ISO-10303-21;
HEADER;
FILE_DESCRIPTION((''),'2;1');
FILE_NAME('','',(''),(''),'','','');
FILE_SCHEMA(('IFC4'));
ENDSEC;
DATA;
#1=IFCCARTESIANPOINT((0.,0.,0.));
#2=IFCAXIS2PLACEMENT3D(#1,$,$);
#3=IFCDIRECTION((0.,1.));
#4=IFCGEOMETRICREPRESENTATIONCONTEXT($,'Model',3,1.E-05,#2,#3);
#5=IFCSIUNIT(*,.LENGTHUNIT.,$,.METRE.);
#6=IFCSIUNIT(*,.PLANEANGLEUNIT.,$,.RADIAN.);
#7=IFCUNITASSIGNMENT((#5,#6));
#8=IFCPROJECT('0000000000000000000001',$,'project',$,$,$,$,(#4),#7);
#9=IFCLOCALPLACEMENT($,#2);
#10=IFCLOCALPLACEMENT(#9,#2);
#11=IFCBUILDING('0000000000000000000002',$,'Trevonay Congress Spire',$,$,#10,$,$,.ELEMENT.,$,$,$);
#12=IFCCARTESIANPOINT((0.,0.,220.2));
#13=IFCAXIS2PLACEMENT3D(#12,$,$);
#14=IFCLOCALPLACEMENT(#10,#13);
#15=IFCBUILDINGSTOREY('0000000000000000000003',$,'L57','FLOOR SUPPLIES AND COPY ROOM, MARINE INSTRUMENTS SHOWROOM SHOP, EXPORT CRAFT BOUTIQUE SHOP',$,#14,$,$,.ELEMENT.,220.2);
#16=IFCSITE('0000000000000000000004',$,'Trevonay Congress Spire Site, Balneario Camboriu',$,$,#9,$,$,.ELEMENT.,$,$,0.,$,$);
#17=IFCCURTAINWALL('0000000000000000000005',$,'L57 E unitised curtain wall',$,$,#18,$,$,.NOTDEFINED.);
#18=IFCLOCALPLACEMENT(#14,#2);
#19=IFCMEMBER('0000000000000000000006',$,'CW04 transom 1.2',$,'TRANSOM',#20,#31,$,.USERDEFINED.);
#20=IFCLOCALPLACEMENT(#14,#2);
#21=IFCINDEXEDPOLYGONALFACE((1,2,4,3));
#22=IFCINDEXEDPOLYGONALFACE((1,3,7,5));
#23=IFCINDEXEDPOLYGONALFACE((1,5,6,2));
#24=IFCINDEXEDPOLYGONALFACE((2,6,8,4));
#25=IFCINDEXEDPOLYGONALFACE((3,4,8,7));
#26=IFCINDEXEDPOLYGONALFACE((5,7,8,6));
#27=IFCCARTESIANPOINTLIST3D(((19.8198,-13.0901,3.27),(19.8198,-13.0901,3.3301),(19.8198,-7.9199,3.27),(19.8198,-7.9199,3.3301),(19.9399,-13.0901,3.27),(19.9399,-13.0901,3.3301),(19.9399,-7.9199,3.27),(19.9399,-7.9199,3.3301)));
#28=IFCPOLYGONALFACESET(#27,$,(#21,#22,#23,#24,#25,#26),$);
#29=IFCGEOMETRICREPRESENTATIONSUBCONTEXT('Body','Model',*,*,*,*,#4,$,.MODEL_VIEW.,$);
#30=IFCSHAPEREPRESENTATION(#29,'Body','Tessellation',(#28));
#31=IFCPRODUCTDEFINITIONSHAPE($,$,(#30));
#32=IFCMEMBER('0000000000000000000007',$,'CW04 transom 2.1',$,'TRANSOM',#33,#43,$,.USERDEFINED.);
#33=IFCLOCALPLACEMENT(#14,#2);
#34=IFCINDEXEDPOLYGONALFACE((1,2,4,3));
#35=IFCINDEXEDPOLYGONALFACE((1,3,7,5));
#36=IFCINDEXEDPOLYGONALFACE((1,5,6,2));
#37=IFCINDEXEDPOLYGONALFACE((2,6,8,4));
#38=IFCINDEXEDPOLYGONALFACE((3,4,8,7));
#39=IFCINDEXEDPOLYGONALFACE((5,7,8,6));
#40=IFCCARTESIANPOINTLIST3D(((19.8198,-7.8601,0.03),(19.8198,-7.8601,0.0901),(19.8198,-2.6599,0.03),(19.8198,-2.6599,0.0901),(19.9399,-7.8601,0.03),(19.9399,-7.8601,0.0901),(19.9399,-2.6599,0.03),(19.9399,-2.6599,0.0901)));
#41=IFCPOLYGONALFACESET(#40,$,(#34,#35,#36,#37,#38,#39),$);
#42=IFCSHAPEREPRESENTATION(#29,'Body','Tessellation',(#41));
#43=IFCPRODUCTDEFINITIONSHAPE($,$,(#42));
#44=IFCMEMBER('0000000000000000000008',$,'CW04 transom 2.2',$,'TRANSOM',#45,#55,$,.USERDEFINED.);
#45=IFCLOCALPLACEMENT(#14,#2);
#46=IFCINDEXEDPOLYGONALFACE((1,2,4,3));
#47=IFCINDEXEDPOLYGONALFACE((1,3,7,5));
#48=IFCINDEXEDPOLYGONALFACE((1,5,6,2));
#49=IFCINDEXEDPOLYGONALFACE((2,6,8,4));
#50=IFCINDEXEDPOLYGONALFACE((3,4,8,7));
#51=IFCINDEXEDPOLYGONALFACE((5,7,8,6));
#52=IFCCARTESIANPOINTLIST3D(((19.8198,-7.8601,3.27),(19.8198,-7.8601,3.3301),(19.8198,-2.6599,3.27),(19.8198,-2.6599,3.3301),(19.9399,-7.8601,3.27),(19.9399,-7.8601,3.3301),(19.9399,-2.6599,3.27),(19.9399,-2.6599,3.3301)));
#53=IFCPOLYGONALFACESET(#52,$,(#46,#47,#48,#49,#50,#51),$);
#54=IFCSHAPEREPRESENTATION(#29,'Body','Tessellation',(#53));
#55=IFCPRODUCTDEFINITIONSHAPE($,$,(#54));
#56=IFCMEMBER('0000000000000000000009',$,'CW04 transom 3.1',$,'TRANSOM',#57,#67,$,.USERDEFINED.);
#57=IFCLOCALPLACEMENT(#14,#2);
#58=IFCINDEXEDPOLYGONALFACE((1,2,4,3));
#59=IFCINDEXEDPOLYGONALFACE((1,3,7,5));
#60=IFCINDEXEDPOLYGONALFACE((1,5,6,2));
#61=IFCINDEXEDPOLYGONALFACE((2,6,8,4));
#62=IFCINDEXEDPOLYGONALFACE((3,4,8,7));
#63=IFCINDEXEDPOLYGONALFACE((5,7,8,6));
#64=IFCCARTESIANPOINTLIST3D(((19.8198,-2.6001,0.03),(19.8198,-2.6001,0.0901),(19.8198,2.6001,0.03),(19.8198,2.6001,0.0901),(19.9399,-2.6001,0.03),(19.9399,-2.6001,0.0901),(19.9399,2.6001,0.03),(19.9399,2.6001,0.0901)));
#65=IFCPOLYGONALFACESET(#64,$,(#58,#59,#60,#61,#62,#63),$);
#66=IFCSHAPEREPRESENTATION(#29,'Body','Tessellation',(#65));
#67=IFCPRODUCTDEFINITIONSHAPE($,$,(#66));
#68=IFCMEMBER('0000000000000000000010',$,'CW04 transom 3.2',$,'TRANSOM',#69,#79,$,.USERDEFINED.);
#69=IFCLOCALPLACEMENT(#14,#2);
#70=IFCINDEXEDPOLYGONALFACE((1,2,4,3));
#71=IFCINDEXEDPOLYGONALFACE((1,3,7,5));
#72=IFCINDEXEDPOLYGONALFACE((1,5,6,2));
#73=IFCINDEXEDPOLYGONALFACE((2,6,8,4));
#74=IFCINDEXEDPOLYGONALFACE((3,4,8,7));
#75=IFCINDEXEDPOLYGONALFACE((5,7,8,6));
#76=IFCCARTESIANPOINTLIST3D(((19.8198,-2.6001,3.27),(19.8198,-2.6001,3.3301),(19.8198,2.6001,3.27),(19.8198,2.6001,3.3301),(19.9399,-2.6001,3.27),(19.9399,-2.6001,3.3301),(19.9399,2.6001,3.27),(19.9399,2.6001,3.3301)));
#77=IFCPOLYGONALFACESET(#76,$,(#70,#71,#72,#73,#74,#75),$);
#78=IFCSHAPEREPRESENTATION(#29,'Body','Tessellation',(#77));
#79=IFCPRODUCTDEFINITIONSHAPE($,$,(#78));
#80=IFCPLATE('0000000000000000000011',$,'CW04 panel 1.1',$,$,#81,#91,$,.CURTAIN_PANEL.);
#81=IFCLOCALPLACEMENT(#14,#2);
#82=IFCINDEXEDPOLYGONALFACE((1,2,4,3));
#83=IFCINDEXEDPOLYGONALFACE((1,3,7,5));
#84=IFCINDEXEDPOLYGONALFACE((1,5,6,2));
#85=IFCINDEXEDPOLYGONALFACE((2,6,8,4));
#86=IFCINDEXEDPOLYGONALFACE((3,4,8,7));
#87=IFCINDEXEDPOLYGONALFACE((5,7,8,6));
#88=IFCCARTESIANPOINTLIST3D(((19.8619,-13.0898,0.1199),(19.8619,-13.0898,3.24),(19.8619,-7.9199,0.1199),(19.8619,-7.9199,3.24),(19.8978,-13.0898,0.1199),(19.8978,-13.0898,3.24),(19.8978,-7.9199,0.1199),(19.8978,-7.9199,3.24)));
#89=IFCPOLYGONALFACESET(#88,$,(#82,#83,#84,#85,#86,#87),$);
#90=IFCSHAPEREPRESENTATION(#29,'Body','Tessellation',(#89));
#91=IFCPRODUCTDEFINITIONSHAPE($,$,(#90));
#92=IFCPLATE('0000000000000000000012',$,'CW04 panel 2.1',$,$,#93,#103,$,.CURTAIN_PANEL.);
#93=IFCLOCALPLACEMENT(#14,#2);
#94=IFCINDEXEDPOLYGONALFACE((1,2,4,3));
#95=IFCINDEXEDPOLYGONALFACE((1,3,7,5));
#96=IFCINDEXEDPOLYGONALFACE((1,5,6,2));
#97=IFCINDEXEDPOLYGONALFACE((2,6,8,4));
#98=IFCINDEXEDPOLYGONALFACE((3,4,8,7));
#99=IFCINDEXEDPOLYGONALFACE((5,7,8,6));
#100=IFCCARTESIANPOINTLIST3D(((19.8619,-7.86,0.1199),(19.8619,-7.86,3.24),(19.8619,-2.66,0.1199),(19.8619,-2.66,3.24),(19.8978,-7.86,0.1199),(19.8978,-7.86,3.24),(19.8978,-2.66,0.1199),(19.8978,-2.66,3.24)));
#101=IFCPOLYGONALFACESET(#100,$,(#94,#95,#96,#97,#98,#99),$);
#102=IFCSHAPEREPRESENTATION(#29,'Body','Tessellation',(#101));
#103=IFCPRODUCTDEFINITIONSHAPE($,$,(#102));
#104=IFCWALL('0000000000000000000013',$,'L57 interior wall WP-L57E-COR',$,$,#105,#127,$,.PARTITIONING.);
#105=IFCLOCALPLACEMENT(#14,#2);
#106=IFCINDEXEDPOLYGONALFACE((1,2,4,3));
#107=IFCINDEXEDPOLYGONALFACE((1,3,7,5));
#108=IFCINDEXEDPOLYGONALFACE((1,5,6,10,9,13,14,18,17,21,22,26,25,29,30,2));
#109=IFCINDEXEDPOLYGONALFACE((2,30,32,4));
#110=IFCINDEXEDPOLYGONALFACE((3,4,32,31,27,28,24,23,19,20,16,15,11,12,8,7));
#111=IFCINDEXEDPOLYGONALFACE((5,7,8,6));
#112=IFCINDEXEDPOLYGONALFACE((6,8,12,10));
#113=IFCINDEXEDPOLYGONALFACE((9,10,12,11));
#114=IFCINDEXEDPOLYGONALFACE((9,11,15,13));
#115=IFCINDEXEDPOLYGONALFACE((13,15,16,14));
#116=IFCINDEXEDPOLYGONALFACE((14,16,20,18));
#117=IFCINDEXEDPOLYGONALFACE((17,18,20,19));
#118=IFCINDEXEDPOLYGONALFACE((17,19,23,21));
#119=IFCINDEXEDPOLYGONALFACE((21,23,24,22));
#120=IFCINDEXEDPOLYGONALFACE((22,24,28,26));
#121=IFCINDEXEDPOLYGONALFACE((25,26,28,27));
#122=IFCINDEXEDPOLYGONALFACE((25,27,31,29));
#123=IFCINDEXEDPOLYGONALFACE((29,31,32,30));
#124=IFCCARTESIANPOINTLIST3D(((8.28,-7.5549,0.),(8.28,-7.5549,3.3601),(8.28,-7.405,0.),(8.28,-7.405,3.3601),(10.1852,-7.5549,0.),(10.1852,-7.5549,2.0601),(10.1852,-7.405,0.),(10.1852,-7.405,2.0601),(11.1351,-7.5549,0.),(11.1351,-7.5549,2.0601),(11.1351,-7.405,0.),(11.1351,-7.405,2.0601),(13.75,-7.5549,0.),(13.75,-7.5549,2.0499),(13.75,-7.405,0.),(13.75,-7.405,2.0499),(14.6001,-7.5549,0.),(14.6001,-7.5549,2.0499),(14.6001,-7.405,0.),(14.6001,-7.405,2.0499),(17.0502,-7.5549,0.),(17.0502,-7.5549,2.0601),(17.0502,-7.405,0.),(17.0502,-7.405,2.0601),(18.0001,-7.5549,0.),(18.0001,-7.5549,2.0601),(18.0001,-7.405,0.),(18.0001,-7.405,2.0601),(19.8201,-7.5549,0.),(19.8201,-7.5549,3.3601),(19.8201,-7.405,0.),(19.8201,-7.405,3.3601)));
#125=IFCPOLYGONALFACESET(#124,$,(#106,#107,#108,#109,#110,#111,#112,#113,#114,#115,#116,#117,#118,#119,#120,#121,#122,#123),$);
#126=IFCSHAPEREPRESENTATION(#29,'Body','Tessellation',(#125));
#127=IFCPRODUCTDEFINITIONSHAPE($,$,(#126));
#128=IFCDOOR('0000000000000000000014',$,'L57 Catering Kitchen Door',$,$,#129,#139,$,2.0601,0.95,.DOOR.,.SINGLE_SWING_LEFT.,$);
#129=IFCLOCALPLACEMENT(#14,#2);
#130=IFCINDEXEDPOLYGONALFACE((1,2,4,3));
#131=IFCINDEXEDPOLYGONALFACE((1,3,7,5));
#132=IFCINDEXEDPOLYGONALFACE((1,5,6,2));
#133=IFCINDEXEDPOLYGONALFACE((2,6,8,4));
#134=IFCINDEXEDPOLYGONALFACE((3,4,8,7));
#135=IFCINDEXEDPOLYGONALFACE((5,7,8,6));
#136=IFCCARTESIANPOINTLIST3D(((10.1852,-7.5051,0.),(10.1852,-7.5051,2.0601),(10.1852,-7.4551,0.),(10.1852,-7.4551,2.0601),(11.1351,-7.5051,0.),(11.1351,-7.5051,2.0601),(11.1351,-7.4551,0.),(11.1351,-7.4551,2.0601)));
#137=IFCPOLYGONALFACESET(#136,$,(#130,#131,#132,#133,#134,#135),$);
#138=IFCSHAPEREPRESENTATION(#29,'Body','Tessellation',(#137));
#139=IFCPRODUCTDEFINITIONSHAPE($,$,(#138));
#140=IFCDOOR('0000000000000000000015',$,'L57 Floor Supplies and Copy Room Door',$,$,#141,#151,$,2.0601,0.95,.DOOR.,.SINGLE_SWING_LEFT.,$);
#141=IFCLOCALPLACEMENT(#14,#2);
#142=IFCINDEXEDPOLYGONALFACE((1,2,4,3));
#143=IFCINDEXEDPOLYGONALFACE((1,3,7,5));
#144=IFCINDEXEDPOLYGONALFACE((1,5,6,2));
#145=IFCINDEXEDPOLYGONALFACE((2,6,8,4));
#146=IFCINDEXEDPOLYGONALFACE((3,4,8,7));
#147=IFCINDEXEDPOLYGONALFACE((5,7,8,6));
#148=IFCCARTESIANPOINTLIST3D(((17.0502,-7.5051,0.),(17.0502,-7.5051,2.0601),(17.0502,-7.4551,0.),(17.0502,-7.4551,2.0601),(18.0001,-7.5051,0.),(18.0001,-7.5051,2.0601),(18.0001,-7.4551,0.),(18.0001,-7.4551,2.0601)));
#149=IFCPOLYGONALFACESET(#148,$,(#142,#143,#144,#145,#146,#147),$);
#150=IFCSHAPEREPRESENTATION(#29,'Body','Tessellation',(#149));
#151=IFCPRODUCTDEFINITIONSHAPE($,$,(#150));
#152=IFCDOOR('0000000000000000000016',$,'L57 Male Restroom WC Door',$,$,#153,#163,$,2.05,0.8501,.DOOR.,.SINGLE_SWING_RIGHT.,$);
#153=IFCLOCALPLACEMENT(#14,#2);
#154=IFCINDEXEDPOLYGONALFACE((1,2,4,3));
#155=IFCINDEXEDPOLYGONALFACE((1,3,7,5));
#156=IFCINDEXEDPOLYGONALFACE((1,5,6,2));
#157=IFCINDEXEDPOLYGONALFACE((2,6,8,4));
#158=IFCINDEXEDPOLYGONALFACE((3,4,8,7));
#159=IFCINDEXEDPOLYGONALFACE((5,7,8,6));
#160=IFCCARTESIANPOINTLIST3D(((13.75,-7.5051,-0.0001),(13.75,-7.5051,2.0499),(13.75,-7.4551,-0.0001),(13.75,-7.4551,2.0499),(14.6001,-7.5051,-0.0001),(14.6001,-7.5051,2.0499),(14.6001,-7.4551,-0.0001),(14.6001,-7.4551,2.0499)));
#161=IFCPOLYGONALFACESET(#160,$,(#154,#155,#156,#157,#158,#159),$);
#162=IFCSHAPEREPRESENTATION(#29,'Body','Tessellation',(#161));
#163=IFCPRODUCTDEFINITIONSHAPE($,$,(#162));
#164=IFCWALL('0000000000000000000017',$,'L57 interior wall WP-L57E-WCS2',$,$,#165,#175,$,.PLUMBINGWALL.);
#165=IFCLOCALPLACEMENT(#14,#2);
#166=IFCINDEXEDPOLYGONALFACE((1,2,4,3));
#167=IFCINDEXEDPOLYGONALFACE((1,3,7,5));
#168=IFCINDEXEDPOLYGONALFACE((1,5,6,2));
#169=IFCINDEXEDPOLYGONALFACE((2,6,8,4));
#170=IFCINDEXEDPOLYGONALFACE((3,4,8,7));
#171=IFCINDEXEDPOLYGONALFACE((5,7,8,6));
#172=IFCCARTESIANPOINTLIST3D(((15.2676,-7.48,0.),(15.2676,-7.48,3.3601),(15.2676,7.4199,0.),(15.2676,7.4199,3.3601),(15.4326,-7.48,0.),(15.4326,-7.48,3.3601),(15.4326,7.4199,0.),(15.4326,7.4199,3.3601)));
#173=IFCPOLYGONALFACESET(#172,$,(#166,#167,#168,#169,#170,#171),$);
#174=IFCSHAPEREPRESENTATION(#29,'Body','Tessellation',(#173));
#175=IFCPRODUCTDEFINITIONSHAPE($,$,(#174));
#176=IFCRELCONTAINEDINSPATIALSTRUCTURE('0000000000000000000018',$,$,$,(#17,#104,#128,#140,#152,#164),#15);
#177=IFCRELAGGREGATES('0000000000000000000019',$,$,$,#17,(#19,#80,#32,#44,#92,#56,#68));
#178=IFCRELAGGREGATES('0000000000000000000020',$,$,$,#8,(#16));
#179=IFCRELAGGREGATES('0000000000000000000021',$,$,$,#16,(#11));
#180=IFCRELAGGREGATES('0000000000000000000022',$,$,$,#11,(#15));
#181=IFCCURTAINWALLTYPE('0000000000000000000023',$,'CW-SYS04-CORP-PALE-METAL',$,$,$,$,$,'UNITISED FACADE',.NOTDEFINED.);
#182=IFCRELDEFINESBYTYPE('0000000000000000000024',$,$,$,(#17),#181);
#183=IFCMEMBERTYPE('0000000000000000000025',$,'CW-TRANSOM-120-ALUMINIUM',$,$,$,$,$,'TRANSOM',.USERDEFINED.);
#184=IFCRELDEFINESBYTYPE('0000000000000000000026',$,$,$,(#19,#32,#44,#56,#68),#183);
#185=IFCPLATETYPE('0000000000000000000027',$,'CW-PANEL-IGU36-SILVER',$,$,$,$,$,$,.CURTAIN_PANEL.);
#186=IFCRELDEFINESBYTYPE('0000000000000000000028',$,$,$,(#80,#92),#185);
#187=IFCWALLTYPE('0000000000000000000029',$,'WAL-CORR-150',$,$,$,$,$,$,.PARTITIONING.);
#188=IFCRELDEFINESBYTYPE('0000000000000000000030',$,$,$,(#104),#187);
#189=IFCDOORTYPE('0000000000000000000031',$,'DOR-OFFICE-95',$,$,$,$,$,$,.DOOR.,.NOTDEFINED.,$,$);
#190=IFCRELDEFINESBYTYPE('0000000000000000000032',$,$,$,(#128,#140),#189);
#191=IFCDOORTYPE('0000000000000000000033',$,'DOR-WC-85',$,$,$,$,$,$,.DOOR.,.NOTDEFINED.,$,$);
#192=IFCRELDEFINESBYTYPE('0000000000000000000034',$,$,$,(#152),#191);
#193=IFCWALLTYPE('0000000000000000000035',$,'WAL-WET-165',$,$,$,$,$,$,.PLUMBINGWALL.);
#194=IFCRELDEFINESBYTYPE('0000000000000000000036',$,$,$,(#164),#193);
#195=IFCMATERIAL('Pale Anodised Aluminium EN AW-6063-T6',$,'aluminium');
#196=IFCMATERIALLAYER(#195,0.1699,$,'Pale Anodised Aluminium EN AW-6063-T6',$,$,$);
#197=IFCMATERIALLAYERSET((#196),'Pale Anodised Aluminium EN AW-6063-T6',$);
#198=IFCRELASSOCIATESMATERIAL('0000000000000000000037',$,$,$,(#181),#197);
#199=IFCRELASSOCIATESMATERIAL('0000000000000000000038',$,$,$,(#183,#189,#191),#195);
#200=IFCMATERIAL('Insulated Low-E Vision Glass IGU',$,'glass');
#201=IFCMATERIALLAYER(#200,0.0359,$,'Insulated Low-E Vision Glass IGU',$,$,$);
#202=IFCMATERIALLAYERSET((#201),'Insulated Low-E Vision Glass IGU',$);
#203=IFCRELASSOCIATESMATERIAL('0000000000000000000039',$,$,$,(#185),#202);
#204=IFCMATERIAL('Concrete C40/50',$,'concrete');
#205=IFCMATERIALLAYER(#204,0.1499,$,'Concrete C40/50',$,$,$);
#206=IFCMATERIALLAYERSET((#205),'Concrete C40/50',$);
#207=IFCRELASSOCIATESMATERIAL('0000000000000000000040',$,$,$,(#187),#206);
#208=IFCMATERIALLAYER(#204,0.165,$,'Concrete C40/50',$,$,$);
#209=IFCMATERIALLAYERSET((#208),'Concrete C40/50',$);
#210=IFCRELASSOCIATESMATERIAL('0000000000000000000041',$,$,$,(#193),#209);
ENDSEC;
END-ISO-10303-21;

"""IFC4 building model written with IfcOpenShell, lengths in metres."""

from ifc_helpers import new_model, si_unit, direction, frame, frame_2d, origin, origin_2d, place, context, subcontext, project, spatial, rectangle, extrude, material, layer, layer_set, material_profile, profile_set, type_object, element, fill, aggregate, save


model = new_model("IFC4")

# Units and contexts
model_context = context("Model", 3, precision=1e-05, world=origin(), true_north=direction((0.0, 1.0)))
body_context = subcontext(model_context, "Body", "Model", "MODEL_VIEW")
ifc_project = project(units=[si_unit("LENGTHUNIT", "METRE"), si_unit("PLANEANGLEUNIT", "RADIAN")], contexts=[model_context])

# Site, building, storey
site_placement = place(None, origin())
site = spatial("IfcSite", under=ifc_project, at=site_placement, Name="Trevonay Congress Spire Site, Balneario Camboriu", CompositionType="ELEMENT", RefElevation=0.0)
building_placement = place(site_placement, origin())
building = spatial("IfcBuilding", under=site, at=building_placement, Name="Trevonay Congress Spire", CompositionType="ELEMENT")
storey_placement = place(building_placement, frame((0.0, 0.0, 220.2)))
storey = spatial("IfcBuildingStorey", under=building, at=storey_placement, Name="L57", Description="FLOOR SUPPLIES AND COPY ROOM, MARINE INSTRUMENTS SHOWROOM SHOP, EXPORT CRAFT BOUTIQUE SHOP", CompositionType="ELEMENT", Elevation=220.2)

# Curtain wall, members, plates
ifc_material_1 = material(Name="Pale Anodised Aluminium EN AW-6063-T6", Category="aluminium")
ifc_layer_1 = layer(ifc_material_1, 0.1699, Name="Pale Anodised Aluminium EN AW-6063-T6")
ifc_layer_set_1 = layer_set([ifc_layer_1], Name="Pale Anodised Aluminium EN AW-6063-T6")
curtain_wall_type = type_object("IfcCurtainWallType", Name="CW-SYS04-CORP-PALE-METAL", ElementType="UNITISED FACADE", PredefinedType="NOTDEFINED", material=ifc_layer_set_1)
curtain_wall_placement = place(storey_placement, origin())
curtain_wall = element("IfcCurtainWall", 1, at=curtain_wall_placement, inside=storey, type_object=curtain_wall_type, Name="L57 E unitised curtain wall", PredefinedType="NOTDEFINED")
ifc_material_profile_1 = material_profile(ifc_material_1, rectangle(XDim=0.1201, YDim=0.0601, at=origin_2d()), Name="CW-TRANSOM-120-ALUMINIUM")
ifc_profile_set_1 = profile_set([ifc_material_profile_1], Name="Pale Anodised Aluminium EN AW-6063-T6")
member_type_1 = type_object("IfcMemberType", Name="CW-TRANSOM-120-ALUMINIUM", ElementType="TRANSOM", PredefinedType="USERDEFINED", material=ifc_profile_set_1)
member_1_placement = place(storey_placement, frame((19.8799, -13.0901, 3.3), z_axis=(0.0, 1.0, 0.0), x_axis=(-1.0, 0.0, 0.0)))
member_1 = element("IfcMember", 2, at=member_1_placement, type_object=member_type_1, Name="CW04 transom 1.2", ObjectType="TRANSOM", PredefinedType="USERDEFINED", context=body_context, shape_type="SweptSolid", body=[
    extrude(rectangle(XDim=0.1201, YDim=0.0601, at=origin_2d()), origin(), (0.0, 0.0, 1.0), 5.1702),
])
member_2_placement = place(storey_placement, frame((19.8799, -7.8601, 0.0601), z_axis=(0.0, 1.0, 0.0), x_axis=(-1.0, 0.0, 0.0)))
member_2 = element("IfcMember", 3, at=member_2_placement, type_object=member_type_1, Name="CW04 transom 2.1", ObjectType="TRANSOM", PredefinedType="USERDEFINED", context=body_context, shape_type="SweptSolid", body=[
    extrude(rectangle(XDim=0.1201, YDim=0.0601, at=origin_2d()), origin(), (0.0, 0.0, 1.0), 5.2002),
])
member_3_placement = place(storey_placement, frame((19.8799, -7.8601, 3.3), z_axis=(0.0, 1.0, 0.0), x_axis=(-1.0, 0.0, 0.0)))
member_3 = element("IfcMember", 4, at=member_3_placement, type_object=member_type_1, Name="CW04 transom 2.2", ObjectType="TRANSOM", PredefinedType="USERDEFINED", context=body_context, shape_type="SweptSolid", body=[
    extrude(rectangle(XDim=0.1201, YDim=0.0601, at=origin_2d()), origin(), (0.0, 0.0, 1.0), 5.2002),
])
member_4_placement = place(storey_placement, frame((19.8799, -2.6001, 0.0601), z_axis=(0.0, 1.0, 0.0), x_axis=(-1.0, 0.0, 0.0)))
member_4 = element("IfcMember", 5, at=member_4_placement, type_object=member_type_1, Name="CW04 transom 3.1", ObjectType="TRANSOM", PredefinedType="USERDEFINED", context=body_context, shape_type="SweptSolid", body=[
    extrude(rectangle(XDim=0.1201, YDim=0.0601, at=origin_2d()), origin(), (0.0, 0.0, 1.0), 5.2002),
])
member_5_placement = place(storey_placement, frame((19.8799, -2.6001, 3.3), z_axis=(0.0, 1.0, 0.0), x_axis=(-1.0, 0.0, 0.0)))
member_5 = element("IfcMember", 6, at=member_5_placement, type_object=member_type_1, Name="CW04 transom 3.2", ObjectType="TRANSOM", PredefinedType="USERDEFINED", context=body_context, shape_type="SweptSolid", body=[
    extrude(rectangle(XDim=0.1201, YDim=0.0601, at=origin_2d()), origin(), (0.0, 0.0, 1.0), 5.2002),
])
ifc_material_2 = material(Name="Insulated Low-E Vision Glass IGU", Category="glass")
ifc_layer_2 = layer(ifc_material_2, 0.0359, Name="Insulated Low-E Vision Glass IGU")
ifc_layer_set_2 = layer_set([ifc_layer_2], Name="Insulated Low-E Vision Glass IGU")
plate_type = type_object("IfcPlateType", Name="CW-PANEL-IGU36-SILVER", PredefinedType="CURTAIN_PANEL", material=ifc_layer_set_2)
plate_1_placement = place(storey_placement, frame((19.8799, -10.5049, 0.1199), z_axis=(0.0, 0.0, 1.0), x_axis=(0.0, 1.0, 0.0)))
plate_1 = element("IfcPlate", 7, at=plate_1_placement, type_object=plate_type, Name="CW04 panel 1.1", PredefinedType="CURTAIN_PANEL", context=body_context, shape_type="SweptSolid", body=[
    extrude(rectangle(XDim=5.1699, YDim=0.0359, at=origin_2d()), origin(), (0.0, 0.0, 1.0), 3.1201),
])
plate_2_placement = place(storey_placement, frame((19.8799, -5.26, 0.1199), z_axis=(0.0, 0.0, 1.0), x_axis=(0.0, 1.0, 0.0)))
plate_2 = element("IfcPlate", 8, at=plate_2_placement, type_object=plate_type, Name="CW04 panel 2.1", PredefinedType="CURTAIN_PANEL", context=body_context, shape_type="SweptSolid", body=[
    extrude(rectangle(XDim=5.2, YDim=0.0359, at=origin_2d()), origin(), (0.0, 0.0, 1.0), 3.1201),
])
aggregate(curtain_wall, [member_1, plate_1, member_2, member_3, plate_2, member_4, member_5])

# Wall, openings, doors
ifc_material_3 = material(Name="Concrete C40/50", Category="concrete")
ifc_layer_3 = layer(ifc_material_3, 0.1499, Name="Concrete C40/50")
ifc_layer_set_3 = layer_set([ifc_layer_3], Name="Concrete C40/50")
wall_type_1 = type_object("IfcWallType", Name="WAL-CORR-150", PredefinedType="PARTITIONING", material=ifc_layer_set_3)
wall_placement = place(storey_placement, frame((8.28, -7.48, 0.0), z_axis=(0.0, 0.0, 1.0), x_axis=(1.0, 0.0, 0.0)))
wall = element("IfcWall", 9, at=wall_placement, inside=storey, type_object=wall_type_1, Name="L57 interior wall WP-L57E-COR", PredefinedType="PARTITIONING", context=body_context, shape_type="SweptSolid", body=[
    extrude(rectangle(XDim=11.54, YDim=0.1499, at=frame_2d((5.77, 0.0))), origin(), (0.0, 0.0, 1.0), 3.3601),
])
opening_1_placement = place(wall_placement, frame((1.905, 0.0, 0.0)))
opening_1 = element("IfcOpeningElement", 10, at=opening_1_placement, cuts=wall, PredefinedType="OPENING", context=body_context, shape_type="SweptSolid", body=[
    extrude(rectangle(XDim=0.95, YDim=2.0601, at=frame_2d((0.4751, 1.03))), frame((0.0, 0.085, 0.0), z_axis=(0.0, -1.0, 0.0), x_axis=(1.0, 0.0, 0.0)), (0.0, 0.0, 1.0), 0.1699),
])
opening_2_placement = place(wall_placement, frame((5.47, 0.0, 0.0)))
opening_2 = element("IfcOpeningElement", 11, at=opening_2_placement, cuts=wall, PredefinedType="OPENING", context=body_context, shape_type="SweptSolid", body=[
    extrude(rectangle(XDim=0.8501, YDim=2.05, at=frame_2d((0.425, 1.0249))), frame((0.0, 0.085, 0.0), z_axis=(0.0, -1.0, 0.0), x_axis=(1.0, 0.0, 0.0)), (0.0, 0.0, 1.0), 0.1699),
])
opening_3_placement = place(wall_placement, frame((8.77, 0.0, 0.0)))
opening_3 = element("IfcOpeningElement", 12, at=opening_3_placement, cuts=wall, PredefinedType="OPENING", context=body_context, shape_type="SweptSolid", body=[
    extrude(rectangle(XDim=0.95, YDim=2.0601, at=frame_2d((0.4751, 1.03))), frame((0.0, 0.085, 0.0), z_axis=(0.0, -1.0, 0.0), x_axis=(1.0, 0.0, 0.0)), (0.0, 0.0, 1.0), 0.1699),
])
door_type_1 = type_object("IfcDoorType", Name="DOR-OFFICE-95", OperationType="NOTDEFINED", PredefinedType="DOOR", material=ifc_material_1)
door_1_placement = place(opening_1_placement, origin())
door_1 = element("IfcDoor", 13, at=door_1_placement, inside=storey, type_object=door_type_1, Name="L57 Catering Kitchen Door", OperationType="SINGLE_SWING_LEFT", OverallHeight=2.0601, OverallWidth=0.95, PredefinedType="DOOR", context=body_context, shape_type="SweptSolid", body=[
    extrude(rectangle(XDim=0.95, YDim=2.0601, at=frame_2d((0.4751, 1.03))), frame((0.0, 0.0249, 0.0), z_axis=(0.0, -1.0, 0.0), x_axis=(1.0, 0.0, 0.0)), (0.0, 0.0, 1.0), 0.05),
])
fill(opening_1, door_1)
door_2_placement = place(opening_3_placement, origin())
door_2 = element("IfcDoor", 14, at=door_2_placement, inside=storey, type_object=door_type_1, Name="L57 Floor Supplies and Copy Room Door", OperationType="SINGLE_SWING_LEFT", OverallHeight=2.0601, OverallWidth=0.95, PredefinedType="DOOR", context=body_context, shape_type="SweptSolid", body=[
    extrude(rectangle(XDim=0.95, YDim=2.0601, at=frame_2d((0.4751, 1.03))), frame((0.0, 0.0249, 0.0), z_axis=(0.0, -1.0, 0.0), x_axis=(1.0, 0.0, 0.0)), (0.0, 0.0, 1.0), 0.05),
])
fill(opening_3, door_2)
door_type_2 = type_object("IfcDoorType", Name="DOR-WC-85", OperationType="NOTDEFINED", PredefinedType="DOOR", material=ifc_material_1)
door_3_placement = place(opening_2_placement, origin())
door_3 = element("IfcDoor", 15, at=door_3_placement, inside=storey, type_object=door_type_2, Name="L57 Male Restroom WC Door", OperationType="SINGLE_SWING_RIGHT", OverallHeight=2.05, OverallWidth=0.8501, PredefinedType="DOOR", context=body_context, shape_type="SweptSolid", body=[
    extrude(rectangle(XDim=0.8501, YDim=2.05, at=frame_2d((0.425, 1.0249))), frame((0.0, 0.0249, 0.0), z_axis=(0.0, -1.0, 0.0), x_axis=(1.0, 0.0, 0.0)), (0.0, 0.0, 1.0), 0.05),
])
fill(opening_2, door_3)

# Wall
ifc_layer_4 = layer(ifc_material_3, 0.165, Name="Concrete C40/50")
ifc_layer_set_4 = layer_set([ifc_layer_4], Name="Concrete C40/50")
wall_type_2 = type_object("IfcWallType", Name="WAL-WET-165", PredefinedType="PLUMBINGWALL", material=ifc_layer_set_4)
for number, where, z_axis, x_axis, name in (
    (16, (15.3501, -7.48, 0.0), (0.0, 0.0, 1.0), (0.0, 1.0, 0.0), "L57 interior wall WP-L57E-WCS2"),
):
    element("IfcWall", number, at=place(storey_placement, frame(where, z_axis=z_axis, x_axis=x_axis)), inside=storey, type_object=wall_type_2, Name=name, PredefinedType="PLUMBINGWALL", context=body_context, shape_type="SweptSolid", body=[
        extrude(rectangle(XDim=14.8999, YDim=0.165, at=frame_2d((7.45, 0.0))), origin(), (0.0, 0.0, 1.0), 3.3601),
    ])

save(model, "model.ifc")
